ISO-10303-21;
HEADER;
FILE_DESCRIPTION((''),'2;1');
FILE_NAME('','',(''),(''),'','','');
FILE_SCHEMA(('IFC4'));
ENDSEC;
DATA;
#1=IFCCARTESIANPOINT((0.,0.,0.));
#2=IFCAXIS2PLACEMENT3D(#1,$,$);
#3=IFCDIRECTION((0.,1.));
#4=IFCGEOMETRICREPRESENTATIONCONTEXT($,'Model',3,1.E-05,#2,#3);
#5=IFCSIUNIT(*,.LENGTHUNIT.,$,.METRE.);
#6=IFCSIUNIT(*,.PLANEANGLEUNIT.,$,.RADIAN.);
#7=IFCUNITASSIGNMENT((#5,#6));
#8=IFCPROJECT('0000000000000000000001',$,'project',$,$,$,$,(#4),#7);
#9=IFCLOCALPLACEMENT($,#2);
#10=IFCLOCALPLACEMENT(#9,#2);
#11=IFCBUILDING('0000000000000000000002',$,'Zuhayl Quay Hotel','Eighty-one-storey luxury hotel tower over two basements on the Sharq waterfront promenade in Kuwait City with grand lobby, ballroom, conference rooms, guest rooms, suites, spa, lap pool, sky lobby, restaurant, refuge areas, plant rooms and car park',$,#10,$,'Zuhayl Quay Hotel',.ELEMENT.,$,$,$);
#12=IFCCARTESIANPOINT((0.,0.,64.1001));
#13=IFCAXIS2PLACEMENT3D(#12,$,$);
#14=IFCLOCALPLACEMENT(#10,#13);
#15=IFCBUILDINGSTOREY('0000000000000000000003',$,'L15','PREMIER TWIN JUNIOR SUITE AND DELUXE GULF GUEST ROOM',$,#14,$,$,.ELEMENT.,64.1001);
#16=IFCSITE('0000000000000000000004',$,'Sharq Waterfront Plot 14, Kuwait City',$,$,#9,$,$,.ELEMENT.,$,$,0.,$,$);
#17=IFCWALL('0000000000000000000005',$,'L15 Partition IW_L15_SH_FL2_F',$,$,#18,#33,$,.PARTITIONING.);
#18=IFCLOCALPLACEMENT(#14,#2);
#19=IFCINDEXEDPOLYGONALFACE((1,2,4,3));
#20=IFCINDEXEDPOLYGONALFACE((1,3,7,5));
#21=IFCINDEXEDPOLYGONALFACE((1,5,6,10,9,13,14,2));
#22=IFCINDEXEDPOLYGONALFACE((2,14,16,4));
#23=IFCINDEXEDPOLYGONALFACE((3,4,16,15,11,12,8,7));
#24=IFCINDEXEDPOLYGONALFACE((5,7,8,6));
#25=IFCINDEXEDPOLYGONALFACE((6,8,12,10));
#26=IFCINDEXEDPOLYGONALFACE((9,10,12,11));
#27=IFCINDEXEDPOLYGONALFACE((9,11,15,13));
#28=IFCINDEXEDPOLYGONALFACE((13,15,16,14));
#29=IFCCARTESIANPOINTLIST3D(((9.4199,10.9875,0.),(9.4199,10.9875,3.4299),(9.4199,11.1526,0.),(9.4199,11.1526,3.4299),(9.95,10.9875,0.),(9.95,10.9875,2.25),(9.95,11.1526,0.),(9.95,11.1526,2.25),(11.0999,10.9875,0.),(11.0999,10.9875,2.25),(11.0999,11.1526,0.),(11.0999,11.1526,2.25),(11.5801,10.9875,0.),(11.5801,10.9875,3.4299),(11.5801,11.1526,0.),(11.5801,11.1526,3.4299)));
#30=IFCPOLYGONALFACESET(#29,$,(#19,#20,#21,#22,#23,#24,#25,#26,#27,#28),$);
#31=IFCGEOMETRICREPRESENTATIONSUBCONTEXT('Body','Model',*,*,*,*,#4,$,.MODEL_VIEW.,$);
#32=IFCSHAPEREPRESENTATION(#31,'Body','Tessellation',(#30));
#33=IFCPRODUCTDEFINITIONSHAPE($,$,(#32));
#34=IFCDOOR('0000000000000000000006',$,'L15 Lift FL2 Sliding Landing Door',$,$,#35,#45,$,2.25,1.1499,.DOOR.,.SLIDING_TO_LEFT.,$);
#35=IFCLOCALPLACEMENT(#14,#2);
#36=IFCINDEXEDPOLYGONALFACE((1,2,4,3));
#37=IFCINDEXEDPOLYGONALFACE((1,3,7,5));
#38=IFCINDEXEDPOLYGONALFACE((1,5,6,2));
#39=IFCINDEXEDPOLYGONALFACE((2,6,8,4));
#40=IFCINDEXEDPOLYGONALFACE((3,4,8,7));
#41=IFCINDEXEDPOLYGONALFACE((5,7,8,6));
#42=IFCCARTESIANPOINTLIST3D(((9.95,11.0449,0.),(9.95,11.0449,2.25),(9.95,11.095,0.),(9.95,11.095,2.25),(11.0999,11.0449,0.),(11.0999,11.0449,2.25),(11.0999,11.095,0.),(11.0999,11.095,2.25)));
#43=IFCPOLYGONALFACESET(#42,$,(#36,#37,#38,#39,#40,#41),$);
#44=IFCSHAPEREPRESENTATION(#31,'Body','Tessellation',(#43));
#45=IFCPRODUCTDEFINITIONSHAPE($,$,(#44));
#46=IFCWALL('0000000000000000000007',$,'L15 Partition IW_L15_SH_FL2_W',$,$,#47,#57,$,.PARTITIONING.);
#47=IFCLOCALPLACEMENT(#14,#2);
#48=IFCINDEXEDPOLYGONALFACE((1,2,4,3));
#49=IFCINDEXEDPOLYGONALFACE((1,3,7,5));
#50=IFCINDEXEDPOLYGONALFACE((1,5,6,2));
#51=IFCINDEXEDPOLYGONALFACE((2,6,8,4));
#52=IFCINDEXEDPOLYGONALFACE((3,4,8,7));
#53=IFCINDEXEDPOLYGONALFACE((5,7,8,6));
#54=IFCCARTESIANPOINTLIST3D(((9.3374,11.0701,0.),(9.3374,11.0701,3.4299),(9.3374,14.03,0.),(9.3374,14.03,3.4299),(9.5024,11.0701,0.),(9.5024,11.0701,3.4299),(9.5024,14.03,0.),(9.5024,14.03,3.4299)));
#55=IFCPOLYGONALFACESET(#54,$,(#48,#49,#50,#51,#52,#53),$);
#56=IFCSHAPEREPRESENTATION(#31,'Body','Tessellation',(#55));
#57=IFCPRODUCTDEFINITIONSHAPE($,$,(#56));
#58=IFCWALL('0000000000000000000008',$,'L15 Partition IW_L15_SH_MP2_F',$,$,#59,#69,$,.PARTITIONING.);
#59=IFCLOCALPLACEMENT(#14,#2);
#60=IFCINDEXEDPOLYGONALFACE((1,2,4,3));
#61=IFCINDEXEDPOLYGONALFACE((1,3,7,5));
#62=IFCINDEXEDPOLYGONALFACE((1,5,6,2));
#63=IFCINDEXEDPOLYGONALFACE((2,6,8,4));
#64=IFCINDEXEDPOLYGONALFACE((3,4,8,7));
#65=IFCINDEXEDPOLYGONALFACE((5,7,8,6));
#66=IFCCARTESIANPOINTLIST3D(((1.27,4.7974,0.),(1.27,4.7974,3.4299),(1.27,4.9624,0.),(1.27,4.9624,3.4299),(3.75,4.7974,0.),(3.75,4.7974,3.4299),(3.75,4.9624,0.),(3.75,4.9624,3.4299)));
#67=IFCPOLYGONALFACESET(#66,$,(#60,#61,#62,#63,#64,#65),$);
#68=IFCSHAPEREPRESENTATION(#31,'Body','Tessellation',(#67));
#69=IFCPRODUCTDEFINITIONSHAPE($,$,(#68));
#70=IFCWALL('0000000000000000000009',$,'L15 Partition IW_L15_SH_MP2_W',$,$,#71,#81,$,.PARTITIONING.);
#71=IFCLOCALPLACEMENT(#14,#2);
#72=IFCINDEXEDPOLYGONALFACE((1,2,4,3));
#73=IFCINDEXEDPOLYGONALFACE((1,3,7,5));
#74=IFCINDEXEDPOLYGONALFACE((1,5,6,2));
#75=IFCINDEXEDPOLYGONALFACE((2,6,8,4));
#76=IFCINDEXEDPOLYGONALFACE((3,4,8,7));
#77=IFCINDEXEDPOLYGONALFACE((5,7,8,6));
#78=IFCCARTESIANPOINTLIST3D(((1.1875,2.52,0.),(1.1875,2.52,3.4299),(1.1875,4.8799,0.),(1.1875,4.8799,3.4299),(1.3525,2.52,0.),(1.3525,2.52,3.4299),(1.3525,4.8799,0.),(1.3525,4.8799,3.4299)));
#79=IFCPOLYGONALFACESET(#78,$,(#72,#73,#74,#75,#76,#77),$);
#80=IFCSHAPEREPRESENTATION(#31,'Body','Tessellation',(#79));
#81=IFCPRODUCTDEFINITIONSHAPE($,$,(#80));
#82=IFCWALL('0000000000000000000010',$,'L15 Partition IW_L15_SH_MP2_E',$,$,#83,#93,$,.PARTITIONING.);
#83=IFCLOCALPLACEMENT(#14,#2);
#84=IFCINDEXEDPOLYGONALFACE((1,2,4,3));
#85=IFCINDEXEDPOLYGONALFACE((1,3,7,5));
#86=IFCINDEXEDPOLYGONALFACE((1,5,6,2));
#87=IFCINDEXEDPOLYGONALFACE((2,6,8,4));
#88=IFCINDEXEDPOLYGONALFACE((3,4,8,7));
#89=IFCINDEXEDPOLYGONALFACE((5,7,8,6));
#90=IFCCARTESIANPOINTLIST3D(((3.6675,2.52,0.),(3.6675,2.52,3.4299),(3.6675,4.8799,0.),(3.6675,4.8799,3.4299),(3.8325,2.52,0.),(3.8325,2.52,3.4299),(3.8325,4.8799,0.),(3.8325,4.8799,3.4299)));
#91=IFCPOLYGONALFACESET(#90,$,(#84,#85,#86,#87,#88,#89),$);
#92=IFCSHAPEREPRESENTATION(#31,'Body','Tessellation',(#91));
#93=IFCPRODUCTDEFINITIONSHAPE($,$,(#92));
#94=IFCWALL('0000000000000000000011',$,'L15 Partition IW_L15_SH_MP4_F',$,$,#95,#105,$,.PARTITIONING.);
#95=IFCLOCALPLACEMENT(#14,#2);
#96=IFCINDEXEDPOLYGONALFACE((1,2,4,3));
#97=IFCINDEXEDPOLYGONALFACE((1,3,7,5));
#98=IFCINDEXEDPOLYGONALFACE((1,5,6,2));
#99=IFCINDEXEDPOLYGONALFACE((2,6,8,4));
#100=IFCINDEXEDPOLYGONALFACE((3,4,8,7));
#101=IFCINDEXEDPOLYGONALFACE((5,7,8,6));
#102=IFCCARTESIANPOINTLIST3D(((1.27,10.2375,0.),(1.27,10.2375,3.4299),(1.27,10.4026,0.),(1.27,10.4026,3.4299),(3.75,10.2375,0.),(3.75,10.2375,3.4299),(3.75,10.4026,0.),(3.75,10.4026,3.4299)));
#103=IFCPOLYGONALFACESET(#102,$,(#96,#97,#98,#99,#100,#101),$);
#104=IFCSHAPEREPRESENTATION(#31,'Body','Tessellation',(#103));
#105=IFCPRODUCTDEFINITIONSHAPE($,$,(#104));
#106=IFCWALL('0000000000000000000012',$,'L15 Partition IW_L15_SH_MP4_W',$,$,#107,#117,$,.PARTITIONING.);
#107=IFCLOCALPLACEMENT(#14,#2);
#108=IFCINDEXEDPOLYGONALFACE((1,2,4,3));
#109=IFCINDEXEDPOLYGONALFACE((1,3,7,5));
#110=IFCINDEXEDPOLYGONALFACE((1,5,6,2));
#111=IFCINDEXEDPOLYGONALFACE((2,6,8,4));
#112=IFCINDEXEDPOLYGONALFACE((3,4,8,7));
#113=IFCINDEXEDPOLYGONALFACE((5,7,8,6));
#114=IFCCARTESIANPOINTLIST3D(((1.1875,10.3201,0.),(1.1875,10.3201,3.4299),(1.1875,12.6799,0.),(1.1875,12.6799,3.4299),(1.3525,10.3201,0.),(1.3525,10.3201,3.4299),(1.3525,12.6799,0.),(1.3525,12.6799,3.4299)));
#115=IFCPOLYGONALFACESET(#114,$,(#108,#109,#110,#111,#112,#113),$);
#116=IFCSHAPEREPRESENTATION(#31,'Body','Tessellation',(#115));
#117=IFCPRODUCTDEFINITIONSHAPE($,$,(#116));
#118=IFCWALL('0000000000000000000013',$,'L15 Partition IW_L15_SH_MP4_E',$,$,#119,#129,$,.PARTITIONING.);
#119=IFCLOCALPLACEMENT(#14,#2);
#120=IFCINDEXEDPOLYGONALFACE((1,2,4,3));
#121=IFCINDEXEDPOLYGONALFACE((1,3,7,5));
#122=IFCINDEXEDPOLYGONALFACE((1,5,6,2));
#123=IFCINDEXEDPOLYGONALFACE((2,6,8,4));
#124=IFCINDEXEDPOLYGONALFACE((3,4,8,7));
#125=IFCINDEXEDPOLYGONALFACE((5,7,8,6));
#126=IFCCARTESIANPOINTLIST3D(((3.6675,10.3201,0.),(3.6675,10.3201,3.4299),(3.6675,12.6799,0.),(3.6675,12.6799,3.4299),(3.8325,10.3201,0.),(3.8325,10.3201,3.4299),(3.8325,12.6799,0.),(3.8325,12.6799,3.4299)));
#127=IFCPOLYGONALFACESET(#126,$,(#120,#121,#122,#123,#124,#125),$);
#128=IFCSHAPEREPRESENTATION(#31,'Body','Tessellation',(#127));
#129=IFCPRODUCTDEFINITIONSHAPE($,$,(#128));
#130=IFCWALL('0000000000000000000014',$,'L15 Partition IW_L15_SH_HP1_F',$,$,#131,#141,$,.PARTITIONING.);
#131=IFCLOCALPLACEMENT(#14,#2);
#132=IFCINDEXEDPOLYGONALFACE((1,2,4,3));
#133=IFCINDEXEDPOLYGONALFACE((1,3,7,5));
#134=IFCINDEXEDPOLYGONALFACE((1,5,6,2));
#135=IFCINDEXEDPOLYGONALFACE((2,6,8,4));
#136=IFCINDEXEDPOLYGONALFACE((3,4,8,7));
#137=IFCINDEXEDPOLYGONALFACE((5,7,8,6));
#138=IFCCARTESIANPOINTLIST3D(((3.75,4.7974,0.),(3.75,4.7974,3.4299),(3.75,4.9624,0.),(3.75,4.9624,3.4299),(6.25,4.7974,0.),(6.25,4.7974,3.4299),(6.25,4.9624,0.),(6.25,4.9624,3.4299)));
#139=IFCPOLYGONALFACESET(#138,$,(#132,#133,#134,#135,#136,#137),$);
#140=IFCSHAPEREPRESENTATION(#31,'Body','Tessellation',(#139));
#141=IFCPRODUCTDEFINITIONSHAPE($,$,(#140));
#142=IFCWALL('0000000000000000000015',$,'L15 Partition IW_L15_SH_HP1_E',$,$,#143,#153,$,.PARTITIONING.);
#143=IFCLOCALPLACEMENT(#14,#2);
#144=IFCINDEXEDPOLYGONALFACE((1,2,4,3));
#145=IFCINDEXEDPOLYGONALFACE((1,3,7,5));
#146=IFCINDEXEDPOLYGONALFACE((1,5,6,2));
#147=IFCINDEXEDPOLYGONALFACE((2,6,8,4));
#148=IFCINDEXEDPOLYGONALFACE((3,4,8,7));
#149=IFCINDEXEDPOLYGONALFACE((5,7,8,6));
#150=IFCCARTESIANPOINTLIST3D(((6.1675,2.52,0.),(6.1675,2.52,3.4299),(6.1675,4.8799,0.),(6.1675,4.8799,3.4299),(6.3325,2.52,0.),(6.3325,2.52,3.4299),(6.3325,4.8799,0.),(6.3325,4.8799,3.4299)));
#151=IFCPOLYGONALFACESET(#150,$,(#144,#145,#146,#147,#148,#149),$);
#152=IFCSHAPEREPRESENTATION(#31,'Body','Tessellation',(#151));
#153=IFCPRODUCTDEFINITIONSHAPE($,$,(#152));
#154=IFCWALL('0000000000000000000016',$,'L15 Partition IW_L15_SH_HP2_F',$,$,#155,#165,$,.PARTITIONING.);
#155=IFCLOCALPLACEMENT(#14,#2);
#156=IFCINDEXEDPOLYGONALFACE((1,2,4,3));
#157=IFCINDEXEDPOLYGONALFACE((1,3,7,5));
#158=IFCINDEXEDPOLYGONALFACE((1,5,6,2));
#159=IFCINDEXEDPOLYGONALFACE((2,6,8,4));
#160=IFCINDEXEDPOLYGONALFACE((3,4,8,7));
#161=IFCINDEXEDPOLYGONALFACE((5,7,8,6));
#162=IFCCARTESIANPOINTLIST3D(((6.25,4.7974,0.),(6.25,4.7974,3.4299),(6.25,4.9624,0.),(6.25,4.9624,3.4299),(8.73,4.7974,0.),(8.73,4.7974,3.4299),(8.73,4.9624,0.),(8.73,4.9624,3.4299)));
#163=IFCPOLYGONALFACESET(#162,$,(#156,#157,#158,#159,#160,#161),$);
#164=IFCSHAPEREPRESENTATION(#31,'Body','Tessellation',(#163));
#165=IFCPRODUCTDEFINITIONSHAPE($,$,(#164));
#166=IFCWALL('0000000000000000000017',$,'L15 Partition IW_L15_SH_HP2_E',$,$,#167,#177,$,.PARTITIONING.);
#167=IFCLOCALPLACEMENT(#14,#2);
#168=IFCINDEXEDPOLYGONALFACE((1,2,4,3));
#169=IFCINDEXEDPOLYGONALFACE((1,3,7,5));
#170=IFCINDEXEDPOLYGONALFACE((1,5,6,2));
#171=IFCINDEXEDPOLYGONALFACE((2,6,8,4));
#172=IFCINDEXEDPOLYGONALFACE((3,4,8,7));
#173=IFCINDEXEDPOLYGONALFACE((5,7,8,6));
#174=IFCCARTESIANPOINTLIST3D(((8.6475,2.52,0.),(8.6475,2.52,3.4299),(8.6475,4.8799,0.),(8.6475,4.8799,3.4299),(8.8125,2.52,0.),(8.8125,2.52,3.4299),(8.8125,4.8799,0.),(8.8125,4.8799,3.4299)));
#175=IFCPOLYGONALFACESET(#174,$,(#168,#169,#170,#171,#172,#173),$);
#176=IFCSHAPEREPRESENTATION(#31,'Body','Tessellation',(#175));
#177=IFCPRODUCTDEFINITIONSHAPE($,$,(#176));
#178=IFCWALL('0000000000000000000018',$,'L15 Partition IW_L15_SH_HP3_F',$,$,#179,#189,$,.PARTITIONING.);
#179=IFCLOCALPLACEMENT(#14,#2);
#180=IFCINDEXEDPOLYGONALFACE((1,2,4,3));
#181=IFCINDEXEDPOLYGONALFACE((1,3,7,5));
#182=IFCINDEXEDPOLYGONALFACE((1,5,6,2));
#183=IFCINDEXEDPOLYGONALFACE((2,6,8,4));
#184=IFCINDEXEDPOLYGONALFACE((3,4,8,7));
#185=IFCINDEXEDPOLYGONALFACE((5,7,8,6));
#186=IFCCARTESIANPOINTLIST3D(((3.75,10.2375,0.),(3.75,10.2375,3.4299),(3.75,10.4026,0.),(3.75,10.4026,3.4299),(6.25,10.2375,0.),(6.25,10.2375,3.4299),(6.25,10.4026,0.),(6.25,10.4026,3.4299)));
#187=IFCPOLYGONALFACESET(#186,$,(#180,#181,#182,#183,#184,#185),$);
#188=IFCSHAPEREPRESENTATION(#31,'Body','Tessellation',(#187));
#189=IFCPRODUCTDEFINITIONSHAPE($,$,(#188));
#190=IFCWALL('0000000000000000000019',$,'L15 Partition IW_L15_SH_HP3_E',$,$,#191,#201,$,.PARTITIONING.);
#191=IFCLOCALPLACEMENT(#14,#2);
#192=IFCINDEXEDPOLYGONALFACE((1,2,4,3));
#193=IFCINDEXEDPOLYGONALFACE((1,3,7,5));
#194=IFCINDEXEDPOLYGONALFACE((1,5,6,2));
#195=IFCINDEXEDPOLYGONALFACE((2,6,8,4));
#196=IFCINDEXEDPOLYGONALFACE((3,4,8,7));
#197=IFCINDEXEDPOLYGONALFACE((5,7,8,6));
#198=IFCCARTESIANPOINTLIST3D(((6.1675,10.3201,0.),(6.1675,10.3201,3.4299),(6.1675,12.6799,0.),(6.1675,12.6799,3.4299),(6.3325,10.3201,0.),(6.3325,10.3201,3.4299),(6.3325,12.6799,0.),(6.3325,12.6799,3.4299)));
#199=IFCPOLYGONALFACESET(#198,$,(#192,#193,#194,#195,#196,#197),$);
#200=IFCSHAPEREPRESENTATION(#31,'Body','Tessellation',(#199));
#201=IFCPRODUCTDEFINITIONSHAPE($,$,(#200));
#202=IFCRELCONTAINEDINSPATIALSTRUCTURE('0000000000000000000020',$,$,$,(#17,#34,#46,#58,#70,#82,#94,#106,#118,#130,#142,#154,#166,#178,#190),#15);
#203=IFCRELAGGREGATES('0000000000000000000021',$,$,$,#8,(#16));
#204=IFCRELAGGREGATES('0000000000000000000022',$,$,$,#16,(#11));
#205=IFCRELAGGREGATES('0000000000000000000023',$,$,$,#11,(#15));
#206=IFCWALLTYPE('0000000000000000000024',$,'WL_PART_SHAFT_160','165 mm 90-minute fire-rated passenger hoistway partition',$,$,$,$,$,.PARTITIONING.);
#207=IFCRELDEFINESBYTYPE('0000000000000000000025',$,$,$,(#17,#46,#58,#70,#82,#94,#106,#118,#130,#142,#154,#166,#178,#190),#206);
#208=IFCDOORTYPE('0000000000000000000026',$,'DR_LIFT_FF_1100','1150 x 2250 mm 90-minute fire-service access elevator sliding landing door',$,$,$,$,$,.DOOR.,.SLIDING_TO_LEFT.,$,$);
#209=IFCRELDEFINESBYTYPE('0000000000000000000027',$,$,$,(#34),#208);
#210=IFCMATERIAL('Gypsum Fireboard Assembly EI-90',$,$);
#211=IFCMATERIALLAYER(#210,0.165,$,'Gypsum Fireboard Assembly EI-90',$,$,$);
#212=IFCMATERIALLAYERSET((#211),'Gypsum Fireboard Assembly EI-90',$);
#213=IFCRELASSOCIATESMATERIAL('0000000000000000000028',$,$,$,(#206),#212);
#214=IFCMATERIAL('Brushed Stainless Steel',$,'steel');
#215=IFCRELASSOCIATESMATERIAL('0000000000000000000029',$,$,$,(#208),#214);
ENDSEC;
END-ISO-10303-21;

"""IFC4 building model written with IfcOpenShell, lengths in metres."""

from ifc_helpers import new_model, si_unit, direction, frame, frame_2d, origin, place, context, subcontext, project, spatial, rectangle, extrude, material, layer, layer_set, type_object, element, fill, save


model = new_model("IFC4")

# Units and contexts
model_context = context("Model", 3, precision=1e-05, world=origin(), true_north=direction((0.0, 1.0)))
body_context = subcontext(model_context, "Body", "Model", "MODEL_VIEW")
ifc_project = project(units=[si_unit("LENGTHUNIT", "METRE"), si_unit("PLANEANGLEUNIT", "RADIAN")], contexts=[model_context])

# Site, building, storey
site_placement = place(None, origin())
site = spatial("IfcSite", under=ifc_project, at=site_placement, Name="Sharq Waterfront Plot 14, Kuwait City", CompositionType="ELEMENT", RefElevation=0.0)
building_placement = place(site_placement, origin())
building = spatial("IfcBuilding", under=site, at=building_placement, Name="Zuhayl Quay Hotel", Description="Eighty-one-storey luxury hotel tower over two basements on the Sharq waterfront promenade in Kuwait City with grand lobby, ballroom, conference rooms, guest rooms, suites, spa, lap pool, sky lobby, restaurant, refuge areas, plant rooms and car park", LongName="Zuhayl Quay Hotel", CompositionType="ELEMENT")
storey_placement = place(building_placement, frame((0.0, 0.0, 64.1001)))
storey = spatial("IfcBuildingStorey", under=building, at=storey_placement, Name="L15", Description="PREMIER TWIN JUNIOR SUITE AND DELUXE GULF GUEST ROOM", CompositionType="ELEMENT", Elevation=64.1001)

# Wall, opening, door
ifc_material_1 = material(Name="Gypsum Fireboard Assembly EI-90")
ifc_layer_1 = layer(ifc_material_1, 0.165, Name="Gypsum Fireboard Assembly EI-90")
ifc_layer_set_1 = layer_set([ifc_layer_1], Name="Gypsum Fireboard Assembly EI-90")
wall_type_1 = type_object("IfcWallType", Name="WL_PART_SHAFT_160", Description="165 mm 90-minute fire-rated passenger hoistway partition", PredefinedType="PARTITIONING", material=ifc_layer_set_1)
wall_1_placement = place(storey_placement, frame((9.4199, 11.0701, 0.0), z_axis=(0.0, 0.0, 1.0), x_axis=(1.0, 0.0, 0.0)))
wall_1 = element("IfcWall", 1, at=wall_1_placement, inside=storey, type_object=wall_type_1, Name="L15 Partition IW_L15_SH_FL2_F", PredefinedType="PARTITIONING", context=body_context, shape_type="SweptSolid", body=[
    extrude(rectangle(XDim=2.1602, YDim=0.165, at=frame_2d((1.0801, 0.0))), origin(), (0.0, 0.0, 1.0), 3.4299),
])
opening_1_placement = place(wall_1_placement, frame((0.53, 0.0, 0.0)))
opening_1 = element("IfcOpeningElement", 2, at=opening_1_placement, cuts=wall_1, PredefinedType="OPENING", context=body_context, shape_type="SweptSolid", body=[
    extrude(rectangle(XDim=1.1499, YDim=2.25, at=frame_2d((0.575, 1.125))), frame((0.0, 0.0925, 0.0), z_axis=(0.0, -1.0, 0.0), x_axis=(1.0, 0.0, 0.0)), (0.0, 0.0, 1.0), 0.1851),
])
ifc_material_2 = material(Name="Brushed Stainless Steel", Category="steel")
door_type_1 = type_object("IfcDoorType", Name="DR_LIFT_FF_1100", Description="1150 x 2250 mm 90-minute fire-service access elevator sliding landing door", OperationType="SLIDING_TO_LEFT", PredefinedType="DOOR", material=ifc_material_2)
door_1_placement = place(opening_1_placement, origin())
door_1 = element("IfcDoor", 3, at=door_1_placement, inside=storey, type_object=door_type_1, Name="L15 Lift FL2 Sliding Landing Door", OperationType="SLIDING_TO_LEFT", OverallHeight=2.25, OverallWidth=1.1499, PredefinedType="DOOR", context=body_context, shape_type="SweptSolid", body=[
    extrude(rectangle(XDim=1.1499, YDim=2.25, at=frame_2d((0.575, 1.125))), frame((0.0, 0.0249, 0.0), z_axis=(0.0, -1.0, 0.0), x_axis=(1.0, 0.0, 0.0)), (0.0, 0.0, 1.0), 0.05),
])
fill(opening_1, door_1)

# Walls
wall_2_placement = place(storey_placement, frame((9.4199, 11.0701, 0.0), z_axis=(0.0, 0.0, 1.0), x_axis=(0.0, 1.0, 0.0)))
element("IfcWall", 4, at=wall_2_placement, inside=storey, type_object=wall_type_1, Name="L15 Partition IW_L15_SH_FL2_W", PredefinedType="PARTITIONING", context=body_context, shape_type="SweptSolid", body=[
    extrude(rectangle(XDim=2.96, YDim=0.165, at=frame_2d((1.48, 0.0))), origin(), (0.0, 0.0, 1.0), 3.4299),
])
wall_3_placement = place(storey_placement, frame((1.27, 4.8799, 0.0), z_axis=(0.0, 0.0, 1.0), x_axis=(1.0, 0.0, 0.0)))
element("IfcWall", 5, at=wall_3_placement, inside=storey, type_object=wall_type_1, Name="L15 Partition IW_L15_SH_MP2_F", PredefinedType="PARTITIONING", context=body_context, shape_type="SweptSolid", body=[
    extrude(rectangle(XDim=2.48, YDim=0.165, at=frame_2d((1.24, 0.0))), origin(), (0.0, 0.0, 1.0), 3.4299),
])
for number, where, z_axis, x_axis, name in (
    (6, (1.27, 2.52, 0.0), (0.0, 0.0, 1.0), (0.0, 1.0, 0.0), "L15 Partition IW_L15_SH_MP2_W"),
    (7, (3.75, 2.52, 0.0), (0.0, 0.0, 1.0), (0.0, 1.0, 0.0), "L15 Partition IW_L15_SH_MP2_E"),
):
    element("IfcWall", number, at=place(storey_placement, frame(where, z_axis=z_axis, x_axis=x_axis)), inside=storey, type_object=wall_type_1, Name=name, PredefinedType="PARTITIONING", context=body_context, shape_type="SweptSolid", body=[
        extrude(rectangle(XDim=2.3599, YDim=0.165, at=frame_2d((1.1799, 0.0))), origin(), (0.0, 0.0, 1.0), 3.4299),
    ])
wall_4_placement = place(storey_placement, frame((1.27, 10.3201, 0.0), z_axis=(0.0, 0.0, 1.0), x_axis=(1.0, 0.0, 0.0)))
element("IfcWall", 8, at=wall_4_placement, inside=storey, type_object=wall_type_1, Name="L15 Partition IW_L15_SH_MP4_F", PredefinedType="PARTITIONING", context=body_context, shape_type="SweptSolid", body=[
    extrude(rectangle(XDim=2.48, YDim=0.165, at=frame_2d((1.24, 0.0))), origin(), (0.0, 0.0, 1.0), 3.4299),
])
for number, where, z_axis, x_axis, name in (
    (9, (1.27, 10.3201, 0.0), (0.0, 0.0, 1.0), (0.0, 1.0, 0.0), "L15 Partition IW_L15_SH_MP4_W"),
    (10, (3.75, 10.3201, 0.0), (0.0, 0.0, 1.0), (0.0, 1.0, 0.0), "L15 Partition IW_L15_SH_MP4_E"),
):
    element("IfcWall", number, at=place(storey_placement, frame(where, z_axis=z_axis, x_axis=x_axis)), inside=storey, type_object=wall_type_1, Name=name, PredefinedType="PARTITIONING", context=body_context, shape_type="SweptSolid", body=[
        extrude(rectangle(XDim=2.3599, YDim=0.165, at=frame_2d((1.1799, 0.0))), origin(), (0.0, 0.0, 1.0), 3.4299),
    ])
wall_5_placement = place(storey_placement, frame((3.75, 4.8799, 0.0), z_axis=(0.0, 0.0, 1.0), x_axis=(1.0, 0.0, 0.0)))
element("IfcWall", 11, at=wall_5_placement, inside=storey, type_object=wall_type_1, Name="L15 Partition IW_L15_SH_HP1_F", PredefinedType="PARTITIONING", context=body_context, shape_type="SweptSolid", body=[
    extrude(rectangle(XDim=2.5, YDim=0.165, at=frame_2d((1.25, 0.0))), origin(), (0.0, 0.0, 1.0), 3.4299),
])
wall_6_placement = place(storey_placement, frame((6.25, 2.52, 0.0), z_axis=(0.0, 0.0, 1.0), x_axis=(0.0, 1.0, 0.0)))
element("IfcWall", 12, at=wall_6_placement, inside=storey, type_object=wall_type_1, Name="L15 Partition IW_L15_SH_HP1_E", PredefinedType="PARTITIONING", context=body_context, shape_type="SweptSolid", body=[
    extrude(rectangle(XDim=2.3599, YDim=0.165, at=frame_2d((1.1799, 0.0))), origin(), (0.0, 0.0, 1.0), 3.4299),
])
wall_7_placement = place(storey_placement, frame((6.25, 4.8799, 0.0), z_axis=(0.0, 0.0, 1.0), x_axis=(1.0, 0.0, 0.0)))
element("IfcWall", 13, at=wall_7_placement, inside=storey, type_object=wall_type_1, Name="L15 Partition IW_L15_SH_HP2_F", PredefinedType="PARTITIONING", context=body_context, shape_type="SweptSolid", body=[
    extrude(rectangle(XDim=2.48, YDim=0.165, at=frame_2d((1.24, 0.0))), origin(), (0.0, 0.0, 1.0), 3.4299),
])
wall_8_placement = place(storey_placement, frame((8.73, 2.52, 0.0), z_axis=(0.0, 0.0, 1.0), x_axis=(0.0, 1.0, 0.0)))
element("IfcWall", 14, at=wall_8_placement, inside=storey, type_object=wall_type_1, Name="L15 Partition IW_L15_SH_HP2_E", PredefinedType="PARTITIONING", context=body_context, shape_type="SweptSolid", body=[
    extrude(rectangle(XDim=2.3599, YDim=0.165, at=frame_2d((1.1799, 0.0))), origin(), (0.0, 0.0, 1.0), 3.4299),
])
wall_9_placement = place(storey_placement, frame((3.75, 10.3201, 0.0), z_axis=(0.0, 0.0, 1.0), x_axis=(1.0, 0.0, 0.0)))
element("IfcWall", 15, at=wall_9_placement, inside=storey, type_object=wall_type_1, Name="L15 Partition IW_L15_SH_HP3_F", PredefinedType="PARTITIONING", context=body_context, shape_type="SweptSolid", body=[
    extrude(rectangle(XDim=2.5, YDim=0.165, at=frame_2d((1.25, 0.0))), origin(), (0.0, 0.0, 1.0), 3.4299),
])
wall_10_placement = place(storey_placement, frame((6.25, 10.3201, 0.0), z_axis=(0.0, 0.0, 1.0), x_axis=(0.0, 1.0, 0.0)))
element("IfcWall", 16, at=wall_10_placement, inside=storey, type_object=wall_type_1, Name="L15 Partition IW_L15_SH_HP3_E", PredefinedType="PARTITIONING", context=body_context, shape_type="SweptSolid", body=[
    extrude(rectangle(XDim=2.3599, YDim=0.165, at=frame_2d((1.1799, 0.0))), origin(), (0.0, 0.0, 1.0), 3.4299),
])

save(model, "model.ifc")
